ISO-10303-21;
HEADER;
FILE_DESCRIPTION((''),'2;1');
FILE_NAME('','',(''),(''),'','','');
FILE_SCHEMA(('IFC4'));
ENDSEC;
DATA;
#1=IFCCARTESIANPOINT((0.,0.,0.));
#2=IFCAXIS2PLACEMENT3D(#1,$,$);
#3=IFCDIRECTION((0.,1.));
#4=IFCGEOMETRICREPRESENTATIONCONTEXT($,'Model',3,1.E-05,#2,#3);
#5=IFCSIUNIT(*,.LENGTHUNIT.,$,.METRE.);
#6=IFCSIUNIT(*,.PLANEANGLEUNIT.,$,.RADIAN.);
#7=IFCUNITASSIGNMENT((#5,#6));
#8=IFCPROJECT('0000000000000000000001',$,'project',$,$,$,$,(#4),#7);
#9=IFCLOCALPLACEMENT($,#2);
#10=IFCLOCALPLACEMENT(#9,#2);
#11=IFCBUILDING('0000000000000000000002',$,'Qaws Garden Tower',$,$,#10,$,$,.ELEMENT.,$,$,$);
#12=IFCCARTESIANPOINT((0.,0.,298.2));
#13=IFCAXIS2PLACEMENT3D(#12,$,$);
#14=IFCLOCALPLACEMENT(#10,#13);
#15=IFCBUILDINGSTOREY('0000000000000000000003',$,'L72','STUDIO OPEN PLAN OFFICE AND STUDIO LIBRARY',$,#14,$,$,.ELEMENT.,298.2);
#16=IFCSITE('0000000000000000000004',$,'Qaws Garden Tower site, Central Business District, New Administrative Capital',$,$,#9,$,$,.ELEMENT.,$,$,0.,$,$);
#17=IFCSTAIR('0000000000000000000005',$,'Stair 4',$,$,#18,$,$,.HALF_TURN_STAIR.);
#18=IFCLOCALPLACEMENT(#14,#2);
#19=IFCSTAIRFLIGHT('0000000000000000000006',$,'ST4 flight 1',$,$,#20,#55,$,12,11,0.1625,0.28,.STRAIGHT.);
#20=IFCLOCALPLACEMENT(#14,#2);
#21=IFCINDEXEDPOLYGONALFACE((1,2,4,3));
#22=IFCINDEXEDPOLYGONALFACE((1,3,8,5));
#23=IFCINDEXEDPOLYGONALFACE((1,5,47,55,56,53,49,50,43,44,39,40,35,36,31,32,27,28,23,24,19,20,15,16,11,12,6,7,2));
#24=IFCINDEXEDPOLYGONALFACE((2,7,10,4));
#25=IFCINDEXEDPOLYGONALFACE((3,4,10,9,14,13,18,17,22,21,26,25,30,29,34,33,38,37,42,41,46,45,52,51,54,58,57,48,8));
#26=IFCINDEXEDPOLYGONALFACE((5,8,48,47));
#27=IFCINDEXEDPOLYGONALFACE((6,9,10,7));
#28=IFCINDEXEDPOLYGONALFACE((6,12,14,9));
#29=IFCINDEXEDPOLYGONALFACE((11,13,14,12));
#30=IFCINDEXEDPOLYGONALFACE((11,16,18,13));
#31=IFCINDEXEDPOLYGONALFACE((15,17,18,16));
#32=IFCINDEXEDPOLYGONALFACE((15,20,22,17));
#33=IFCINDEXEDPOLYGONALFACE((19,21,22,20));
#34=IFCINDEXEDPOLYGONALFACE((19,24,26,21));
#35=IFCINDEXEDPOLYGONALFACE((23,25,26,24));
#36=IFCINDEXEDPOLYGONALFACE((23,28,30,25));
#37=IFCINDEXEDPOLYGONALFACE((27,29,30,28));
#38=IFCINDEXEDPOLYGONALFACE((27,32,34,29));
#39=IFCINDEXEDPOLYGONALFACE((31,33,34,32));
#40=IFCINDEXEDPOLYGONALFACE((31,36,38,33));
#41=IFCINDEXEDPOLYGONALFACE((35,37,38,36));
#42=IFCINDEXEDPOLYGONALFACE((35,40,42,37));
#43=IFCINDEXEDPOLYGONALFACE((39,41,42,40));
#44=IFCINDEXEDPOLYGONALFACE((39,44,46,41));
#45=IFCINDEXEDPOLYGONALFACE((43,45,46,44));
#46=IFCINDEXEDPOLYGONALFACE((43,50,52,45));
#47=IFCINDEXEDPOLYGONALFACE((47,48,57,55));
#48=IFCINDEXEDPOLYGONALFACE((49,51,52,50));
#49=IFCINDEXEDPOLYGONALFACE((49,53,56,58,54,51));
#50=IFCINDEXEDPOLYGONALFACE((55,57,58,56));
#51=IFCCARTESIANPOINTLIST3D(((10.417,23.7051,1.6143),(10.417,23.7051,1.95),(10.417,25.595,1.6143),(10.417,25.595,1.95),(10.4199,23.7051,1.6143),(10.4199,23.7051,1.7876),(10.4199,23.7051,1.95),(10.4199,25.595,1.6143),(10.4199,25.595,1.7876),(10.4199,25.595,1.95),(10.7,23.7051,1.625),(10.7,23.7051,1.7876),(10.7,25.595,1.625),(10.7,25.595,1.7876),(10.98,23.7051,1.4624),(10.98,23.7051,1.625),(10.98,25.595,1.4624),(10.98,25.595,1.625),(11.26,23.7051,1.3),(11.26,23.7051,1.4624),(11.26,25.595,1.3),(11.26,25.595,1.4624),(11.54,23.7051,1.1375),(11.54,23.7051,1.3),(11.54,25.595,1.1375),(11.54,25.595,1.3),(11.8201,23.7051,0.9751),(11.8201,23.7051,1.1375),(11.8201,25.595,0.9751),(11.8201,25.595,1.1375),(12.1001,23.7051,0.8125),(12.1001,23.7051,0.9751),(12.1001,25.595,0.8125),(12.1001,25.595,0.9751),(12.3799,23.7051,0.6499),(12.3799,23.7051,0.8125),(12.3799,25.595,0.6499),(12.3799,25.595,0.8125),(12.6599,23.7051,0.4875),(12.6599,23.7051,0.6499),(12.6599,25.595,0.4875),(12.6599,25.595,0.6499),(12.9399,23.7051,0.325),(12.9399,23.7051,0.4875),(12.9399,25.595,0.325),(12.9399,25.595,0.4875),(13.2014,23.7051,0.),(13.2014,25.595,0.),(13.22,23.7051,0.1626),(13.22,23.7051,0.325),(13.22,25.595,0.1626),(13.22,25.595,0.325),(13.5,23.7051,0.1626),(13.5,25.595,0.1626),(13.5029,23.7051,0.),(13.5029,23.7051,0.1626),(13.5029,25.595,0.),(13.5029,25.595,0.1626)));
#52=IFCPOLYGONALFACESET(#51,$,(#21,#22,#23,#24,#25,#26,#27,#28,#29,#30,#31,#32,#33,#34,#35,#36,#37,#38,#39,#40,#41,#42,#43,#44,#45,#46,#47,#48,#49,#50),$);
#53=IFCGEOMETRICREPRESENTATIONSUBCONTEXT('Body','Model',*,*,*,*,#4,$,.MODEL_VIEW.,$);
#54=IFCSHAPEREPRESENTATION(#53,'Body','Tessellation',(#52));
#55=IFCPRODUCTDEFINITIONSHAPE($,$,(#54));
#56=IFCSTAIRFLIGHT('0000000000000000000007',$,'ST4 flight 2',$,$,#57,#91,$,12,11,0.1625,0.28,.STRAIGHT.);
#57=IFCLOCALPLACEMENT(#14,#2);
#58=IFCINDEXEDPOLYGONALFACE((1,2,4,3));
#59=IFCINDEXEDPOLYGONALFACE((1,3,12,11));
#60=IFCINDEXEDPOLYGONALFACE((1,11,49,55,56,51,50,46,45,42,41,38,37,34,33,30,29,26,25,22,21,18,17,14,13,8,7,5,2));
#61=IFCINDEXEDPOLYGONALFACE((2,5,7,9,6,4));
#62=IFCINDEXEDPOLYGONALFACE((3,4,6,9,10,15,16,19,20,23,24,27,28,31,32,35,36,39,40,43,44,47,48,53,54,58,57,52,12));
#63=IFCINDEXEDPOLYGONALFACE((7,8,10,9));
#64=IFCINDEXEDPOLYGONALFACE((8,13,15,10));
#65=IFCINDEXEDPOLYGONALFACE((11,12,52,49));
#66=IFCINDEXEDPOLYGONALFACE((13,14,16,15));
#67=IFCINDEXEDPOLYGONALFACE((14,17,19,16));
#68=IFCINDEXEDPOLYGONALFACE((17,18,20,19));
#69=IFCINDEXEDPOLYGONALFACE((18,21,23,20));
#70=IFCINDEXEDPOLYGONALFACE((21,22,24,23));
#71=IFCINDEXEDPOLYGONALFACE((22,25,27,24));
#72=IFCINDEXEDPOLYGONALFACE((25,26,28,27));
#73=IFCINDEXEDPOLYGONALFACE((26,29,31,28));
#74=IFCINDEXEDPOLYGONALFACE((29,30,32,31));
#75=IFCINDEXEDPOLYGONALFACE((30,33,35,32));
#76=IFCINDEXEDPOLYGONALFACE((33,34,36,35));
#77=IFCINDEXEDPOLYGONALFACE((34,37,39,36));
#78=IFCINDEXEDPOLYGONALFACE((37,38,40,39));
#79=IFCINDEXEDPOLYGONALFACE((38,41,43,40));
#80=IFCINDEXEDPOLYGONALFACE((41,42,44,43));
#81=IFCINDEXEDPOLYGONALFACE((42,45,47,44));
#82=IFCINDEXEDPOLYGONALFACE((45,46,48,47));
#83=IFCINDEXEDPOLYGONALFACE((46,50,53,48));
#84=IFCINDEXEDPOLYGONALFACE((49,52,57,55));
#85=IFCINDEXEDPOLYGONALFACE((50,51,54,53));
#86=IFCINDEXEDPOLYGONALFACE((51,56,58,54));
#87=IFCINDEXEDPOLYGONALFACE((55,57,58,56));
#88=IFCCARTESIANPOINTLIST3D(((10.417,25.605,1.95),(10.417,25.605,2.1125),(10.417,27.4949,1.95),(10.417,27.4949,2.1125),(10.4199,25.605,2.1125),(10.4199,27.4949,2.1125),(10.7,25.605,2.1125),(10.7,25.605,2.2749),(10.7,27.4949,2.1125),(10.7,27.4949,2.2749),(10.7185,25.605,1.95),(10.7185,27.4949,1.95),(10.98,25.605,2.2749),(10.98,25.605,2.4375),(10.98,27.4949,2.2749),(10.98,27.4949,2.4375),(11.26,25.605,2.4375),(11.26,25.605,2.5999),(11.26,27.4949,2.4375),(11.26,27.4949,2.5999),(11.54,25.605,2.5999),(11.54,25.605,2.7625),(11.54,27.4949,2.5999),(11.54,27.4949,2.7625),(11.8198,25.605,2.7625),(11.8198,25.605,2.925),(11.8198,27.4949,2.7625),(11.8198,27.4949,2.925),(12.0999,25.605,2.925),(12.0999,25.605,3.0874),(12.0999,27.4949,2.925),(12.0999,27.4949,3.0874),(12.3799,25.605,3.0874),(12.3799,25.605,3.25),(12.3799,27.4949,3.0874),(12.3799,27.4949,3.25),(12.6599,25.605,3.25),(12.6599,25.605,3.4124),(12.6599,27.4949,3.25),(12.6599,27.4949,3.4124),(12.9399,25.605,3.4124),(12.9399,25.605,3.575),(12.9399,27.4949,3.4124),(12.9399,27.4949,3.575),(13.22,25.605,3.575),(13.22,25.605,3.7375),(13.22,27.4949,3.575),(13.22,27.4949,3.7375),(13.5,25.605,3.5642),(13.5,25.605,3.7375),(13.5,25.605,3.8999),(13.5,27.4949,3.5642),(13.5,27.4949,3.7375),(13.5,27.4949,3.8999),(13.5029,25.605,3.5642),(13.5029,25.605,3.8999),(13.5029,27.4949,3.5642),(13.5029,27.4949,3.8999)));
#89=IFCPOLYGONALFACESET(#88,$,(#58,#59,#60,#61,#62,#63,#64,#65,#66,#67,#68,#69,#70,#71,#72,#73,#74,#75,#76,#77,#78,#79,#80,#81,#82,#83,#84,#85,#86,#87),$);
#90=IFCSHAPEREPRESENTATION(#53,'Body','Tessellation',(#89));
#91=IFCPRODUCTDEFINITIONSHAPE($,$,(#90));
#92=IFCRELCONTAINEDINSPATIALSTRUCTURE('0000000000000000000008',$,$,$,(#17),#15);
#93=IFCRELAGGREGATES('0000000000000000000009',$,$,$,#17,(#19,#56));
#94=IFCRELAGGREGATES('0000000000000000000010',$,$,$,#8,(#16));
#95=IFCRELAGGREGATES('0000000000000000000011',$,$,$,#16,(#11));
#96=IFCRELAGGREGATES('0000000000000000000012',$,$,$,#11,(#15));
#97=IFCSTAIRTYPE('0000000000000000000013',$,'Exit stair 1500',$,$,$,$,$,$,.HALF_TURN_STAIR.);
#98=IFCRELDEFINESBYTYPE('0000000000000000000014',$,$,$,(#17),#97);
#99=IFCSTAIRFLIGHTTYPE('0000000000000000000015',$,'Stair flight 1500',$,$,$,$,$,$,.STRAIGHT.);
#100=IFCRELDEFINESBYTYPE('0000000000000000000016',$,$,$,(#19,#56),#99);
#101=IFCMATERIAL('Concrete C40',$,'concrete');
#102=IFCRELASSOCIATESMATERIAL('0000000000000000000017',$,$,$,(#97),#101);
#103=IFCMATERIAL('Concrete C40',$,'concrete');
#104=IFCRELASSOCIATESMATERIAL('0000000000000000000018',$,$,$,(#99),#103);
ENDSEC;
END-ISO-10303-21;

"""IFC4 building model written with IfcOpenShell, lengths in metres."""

from ifc_helpers import new_model, si_unit, direction, frame, origin, place, context, subcontext, project, spatial, polyline, outline, extrude, material, type_object, element, aggregate, save


model = new_model("IFC4")

# Units and contexts
model_context = context("Model", 3, precision=1e-05, world=origin(), true_north=direction((0.0, 1.0)))
body_context = subcontext(model_context, "Body", "Model", "MODEL_VIEW")
ifc_project = project(units=[si_unit("LENGTHUNIT", "METRE"), si_unit("PLANEANGLEUNIT", "RADIAN")], contexts=[model_context])

# Site, building, storey
site_placement = place(None, origin())
site = spatial("IfcSite", under=ifc_project, at=site_placement, Name="Qaws Garden Tower site, Central Business District, New Administrative Capital", CompositionType="ELEMENT", RefElevation=0.0)
building_placement = place(site_placement, origin())
building = spatial("IfcBuilding", under=site, at=building_placement, Name="Qaws Garden Tower", CompositionType="ELEMENT")
storey_placement = place(building_placement, frame((0.0, 0.0, 298.2)))
storey = spatial("IfcBuildingStorey", under=building, at=storey_placement, Name="L72", Description="STUDIO OPEN PLAN OFFICE AND STUDIO LIBRARY", CompositionType="ELEMENT", Elevation=298.2)

# Stair, stair flights
ifc_material_1 = material(Name="Concrete C40", Category="concrete")
stair_type = type_object("IfcStairType", Name="Exit stair 1500", PredefinedType="HALF_TURN_STAIR", material=ifc_material_1)
stair_placement = place(storey_placement, origin())
stair = element("IfcStair", 1, at=stair_placement, inside=storey, type_object=stair_type, Name="Stair 4", PredefinedType="HALF_TURN_STAIR")
ifc_material_2 = material(Name="Concrete C40", Category="concrete")
stair_flight_type = type_object("IfcStairFlightType", Name="Stair flight 1500", PredefinedType="STRAIGHT", material=ifc_material_2)
stair_flight_1_placement = place(storey_placement, frame((13.5, 24.6499, 0.0), z_axis=(0.0, 0.0, 1.0), x_axis=(-1.0, 0.0, 0.0)))
stair_flight_1 = element("IfcStairFlight", 2, at=stair_flight_1_placement, type_object=stair_flight_type, Name="ST4 flight 1", NumberOfRisers=12, NumberOfTreads=11, PredefinedType="STRAIGHT", RiserHeight=0.1625, TreadLength=0.28, context=body_context, shape_type="SweptSolid", body=[
    extrude(outline(polyline([(-0.0029, 0.0), (-0.0029, 0.1626), (0.0, 0.1626), (0.28, 0.1626), (0.28, 0.325), (0.5601, 0.325), (0.5601, 0.4875), (0.8401, 0.4875), (0.8401, 0.6499), (1.1201, 0.6499), (1.1201, 0.8125), (1.3999, 0.8125), (1.3999, 0.9751), (1.6799, 0.9751), (1.6799, 1.1375), (1.96, 1.1375), (1.96, 1.3), (2.24, 1.3), (2.24, 1.4624), (2.52, 1.4624), (2.52, 1.625), (2.8, 1.625), (2.8, 1.7876), (3.0801, 1.7876), (3.0801, 1.95), (3.083, 1.95), (3.083, 1.6143), (3.0801, 1.6143), (0.2986, 0.0), (-0.0029, 0.0)])), frame((0.0, 0.9448, 0.0), z_axis=(0.0, -1.0, 0.0), x_axis=(1.0, 0.0, 0.0)), (0.0, 0.0, 1.0), 1.8899),
])
stair_flight_2_placement = place(storey_placement, frame((10.4199, 26.55, 1.95), z_axis=(0.0, 0.0, 1.0), x_axis=(1.0, 0.0, 0.0)))
stair_flight_2 = element("IfcStairFlight", 3, at=stair_flight_2_placement, type_object=stair_flight_type, Name="ST4 flight 2", NumberOfRisers=12, NumberOfTreads=11, PredefinedType="STRAIGHT", RiserHeight=0.1625, TreadLength=0.28, context=body_context, shape_type="SweptSolid", body=[
    extrude(outline(polyline([(-0.0029, 0.0), (-0.0029, 0.1626), (0.0, 0.1626), (0.28, 0.1626), (0.28, 0.325), (0.5601, 0.325), (0.5601, 0.4875), (0.8401, 0.4875), (0.8401, 0.6499), (1.1201, 0.6499), (1.1201, 0.8125), (1.3999, 0.8125), (1.3999, 0.9751), (1.6799, 0.9751), (1.6799, 1.1375), (1.96, 1.1375), (1.96, 1.3), (2.24, 1.3), (2.24, 1.4624), (2.52, 1.4624), (2.52, 1.625), (2.8, 1.625), (2.8, 1.7876), (3.0801, 1.7876), (3.0801, 1.95), (3.083, 1.95), (3.083, 1.6143), (3.0801, 1.6143), (0.2986, 0.0), (-0.0029, 0.0)])), frame((0.0, 0.9448, 0.0), z_axis=(0.0, -1.0, 0.0), x_axis=(1.0, 0.0, 0.0)), (0.0, 0.0, 1.0), 1.8899),
])
aggregate(stair, [stair_flight_1, stair_flight_2])

save(model, "model.ifc")
